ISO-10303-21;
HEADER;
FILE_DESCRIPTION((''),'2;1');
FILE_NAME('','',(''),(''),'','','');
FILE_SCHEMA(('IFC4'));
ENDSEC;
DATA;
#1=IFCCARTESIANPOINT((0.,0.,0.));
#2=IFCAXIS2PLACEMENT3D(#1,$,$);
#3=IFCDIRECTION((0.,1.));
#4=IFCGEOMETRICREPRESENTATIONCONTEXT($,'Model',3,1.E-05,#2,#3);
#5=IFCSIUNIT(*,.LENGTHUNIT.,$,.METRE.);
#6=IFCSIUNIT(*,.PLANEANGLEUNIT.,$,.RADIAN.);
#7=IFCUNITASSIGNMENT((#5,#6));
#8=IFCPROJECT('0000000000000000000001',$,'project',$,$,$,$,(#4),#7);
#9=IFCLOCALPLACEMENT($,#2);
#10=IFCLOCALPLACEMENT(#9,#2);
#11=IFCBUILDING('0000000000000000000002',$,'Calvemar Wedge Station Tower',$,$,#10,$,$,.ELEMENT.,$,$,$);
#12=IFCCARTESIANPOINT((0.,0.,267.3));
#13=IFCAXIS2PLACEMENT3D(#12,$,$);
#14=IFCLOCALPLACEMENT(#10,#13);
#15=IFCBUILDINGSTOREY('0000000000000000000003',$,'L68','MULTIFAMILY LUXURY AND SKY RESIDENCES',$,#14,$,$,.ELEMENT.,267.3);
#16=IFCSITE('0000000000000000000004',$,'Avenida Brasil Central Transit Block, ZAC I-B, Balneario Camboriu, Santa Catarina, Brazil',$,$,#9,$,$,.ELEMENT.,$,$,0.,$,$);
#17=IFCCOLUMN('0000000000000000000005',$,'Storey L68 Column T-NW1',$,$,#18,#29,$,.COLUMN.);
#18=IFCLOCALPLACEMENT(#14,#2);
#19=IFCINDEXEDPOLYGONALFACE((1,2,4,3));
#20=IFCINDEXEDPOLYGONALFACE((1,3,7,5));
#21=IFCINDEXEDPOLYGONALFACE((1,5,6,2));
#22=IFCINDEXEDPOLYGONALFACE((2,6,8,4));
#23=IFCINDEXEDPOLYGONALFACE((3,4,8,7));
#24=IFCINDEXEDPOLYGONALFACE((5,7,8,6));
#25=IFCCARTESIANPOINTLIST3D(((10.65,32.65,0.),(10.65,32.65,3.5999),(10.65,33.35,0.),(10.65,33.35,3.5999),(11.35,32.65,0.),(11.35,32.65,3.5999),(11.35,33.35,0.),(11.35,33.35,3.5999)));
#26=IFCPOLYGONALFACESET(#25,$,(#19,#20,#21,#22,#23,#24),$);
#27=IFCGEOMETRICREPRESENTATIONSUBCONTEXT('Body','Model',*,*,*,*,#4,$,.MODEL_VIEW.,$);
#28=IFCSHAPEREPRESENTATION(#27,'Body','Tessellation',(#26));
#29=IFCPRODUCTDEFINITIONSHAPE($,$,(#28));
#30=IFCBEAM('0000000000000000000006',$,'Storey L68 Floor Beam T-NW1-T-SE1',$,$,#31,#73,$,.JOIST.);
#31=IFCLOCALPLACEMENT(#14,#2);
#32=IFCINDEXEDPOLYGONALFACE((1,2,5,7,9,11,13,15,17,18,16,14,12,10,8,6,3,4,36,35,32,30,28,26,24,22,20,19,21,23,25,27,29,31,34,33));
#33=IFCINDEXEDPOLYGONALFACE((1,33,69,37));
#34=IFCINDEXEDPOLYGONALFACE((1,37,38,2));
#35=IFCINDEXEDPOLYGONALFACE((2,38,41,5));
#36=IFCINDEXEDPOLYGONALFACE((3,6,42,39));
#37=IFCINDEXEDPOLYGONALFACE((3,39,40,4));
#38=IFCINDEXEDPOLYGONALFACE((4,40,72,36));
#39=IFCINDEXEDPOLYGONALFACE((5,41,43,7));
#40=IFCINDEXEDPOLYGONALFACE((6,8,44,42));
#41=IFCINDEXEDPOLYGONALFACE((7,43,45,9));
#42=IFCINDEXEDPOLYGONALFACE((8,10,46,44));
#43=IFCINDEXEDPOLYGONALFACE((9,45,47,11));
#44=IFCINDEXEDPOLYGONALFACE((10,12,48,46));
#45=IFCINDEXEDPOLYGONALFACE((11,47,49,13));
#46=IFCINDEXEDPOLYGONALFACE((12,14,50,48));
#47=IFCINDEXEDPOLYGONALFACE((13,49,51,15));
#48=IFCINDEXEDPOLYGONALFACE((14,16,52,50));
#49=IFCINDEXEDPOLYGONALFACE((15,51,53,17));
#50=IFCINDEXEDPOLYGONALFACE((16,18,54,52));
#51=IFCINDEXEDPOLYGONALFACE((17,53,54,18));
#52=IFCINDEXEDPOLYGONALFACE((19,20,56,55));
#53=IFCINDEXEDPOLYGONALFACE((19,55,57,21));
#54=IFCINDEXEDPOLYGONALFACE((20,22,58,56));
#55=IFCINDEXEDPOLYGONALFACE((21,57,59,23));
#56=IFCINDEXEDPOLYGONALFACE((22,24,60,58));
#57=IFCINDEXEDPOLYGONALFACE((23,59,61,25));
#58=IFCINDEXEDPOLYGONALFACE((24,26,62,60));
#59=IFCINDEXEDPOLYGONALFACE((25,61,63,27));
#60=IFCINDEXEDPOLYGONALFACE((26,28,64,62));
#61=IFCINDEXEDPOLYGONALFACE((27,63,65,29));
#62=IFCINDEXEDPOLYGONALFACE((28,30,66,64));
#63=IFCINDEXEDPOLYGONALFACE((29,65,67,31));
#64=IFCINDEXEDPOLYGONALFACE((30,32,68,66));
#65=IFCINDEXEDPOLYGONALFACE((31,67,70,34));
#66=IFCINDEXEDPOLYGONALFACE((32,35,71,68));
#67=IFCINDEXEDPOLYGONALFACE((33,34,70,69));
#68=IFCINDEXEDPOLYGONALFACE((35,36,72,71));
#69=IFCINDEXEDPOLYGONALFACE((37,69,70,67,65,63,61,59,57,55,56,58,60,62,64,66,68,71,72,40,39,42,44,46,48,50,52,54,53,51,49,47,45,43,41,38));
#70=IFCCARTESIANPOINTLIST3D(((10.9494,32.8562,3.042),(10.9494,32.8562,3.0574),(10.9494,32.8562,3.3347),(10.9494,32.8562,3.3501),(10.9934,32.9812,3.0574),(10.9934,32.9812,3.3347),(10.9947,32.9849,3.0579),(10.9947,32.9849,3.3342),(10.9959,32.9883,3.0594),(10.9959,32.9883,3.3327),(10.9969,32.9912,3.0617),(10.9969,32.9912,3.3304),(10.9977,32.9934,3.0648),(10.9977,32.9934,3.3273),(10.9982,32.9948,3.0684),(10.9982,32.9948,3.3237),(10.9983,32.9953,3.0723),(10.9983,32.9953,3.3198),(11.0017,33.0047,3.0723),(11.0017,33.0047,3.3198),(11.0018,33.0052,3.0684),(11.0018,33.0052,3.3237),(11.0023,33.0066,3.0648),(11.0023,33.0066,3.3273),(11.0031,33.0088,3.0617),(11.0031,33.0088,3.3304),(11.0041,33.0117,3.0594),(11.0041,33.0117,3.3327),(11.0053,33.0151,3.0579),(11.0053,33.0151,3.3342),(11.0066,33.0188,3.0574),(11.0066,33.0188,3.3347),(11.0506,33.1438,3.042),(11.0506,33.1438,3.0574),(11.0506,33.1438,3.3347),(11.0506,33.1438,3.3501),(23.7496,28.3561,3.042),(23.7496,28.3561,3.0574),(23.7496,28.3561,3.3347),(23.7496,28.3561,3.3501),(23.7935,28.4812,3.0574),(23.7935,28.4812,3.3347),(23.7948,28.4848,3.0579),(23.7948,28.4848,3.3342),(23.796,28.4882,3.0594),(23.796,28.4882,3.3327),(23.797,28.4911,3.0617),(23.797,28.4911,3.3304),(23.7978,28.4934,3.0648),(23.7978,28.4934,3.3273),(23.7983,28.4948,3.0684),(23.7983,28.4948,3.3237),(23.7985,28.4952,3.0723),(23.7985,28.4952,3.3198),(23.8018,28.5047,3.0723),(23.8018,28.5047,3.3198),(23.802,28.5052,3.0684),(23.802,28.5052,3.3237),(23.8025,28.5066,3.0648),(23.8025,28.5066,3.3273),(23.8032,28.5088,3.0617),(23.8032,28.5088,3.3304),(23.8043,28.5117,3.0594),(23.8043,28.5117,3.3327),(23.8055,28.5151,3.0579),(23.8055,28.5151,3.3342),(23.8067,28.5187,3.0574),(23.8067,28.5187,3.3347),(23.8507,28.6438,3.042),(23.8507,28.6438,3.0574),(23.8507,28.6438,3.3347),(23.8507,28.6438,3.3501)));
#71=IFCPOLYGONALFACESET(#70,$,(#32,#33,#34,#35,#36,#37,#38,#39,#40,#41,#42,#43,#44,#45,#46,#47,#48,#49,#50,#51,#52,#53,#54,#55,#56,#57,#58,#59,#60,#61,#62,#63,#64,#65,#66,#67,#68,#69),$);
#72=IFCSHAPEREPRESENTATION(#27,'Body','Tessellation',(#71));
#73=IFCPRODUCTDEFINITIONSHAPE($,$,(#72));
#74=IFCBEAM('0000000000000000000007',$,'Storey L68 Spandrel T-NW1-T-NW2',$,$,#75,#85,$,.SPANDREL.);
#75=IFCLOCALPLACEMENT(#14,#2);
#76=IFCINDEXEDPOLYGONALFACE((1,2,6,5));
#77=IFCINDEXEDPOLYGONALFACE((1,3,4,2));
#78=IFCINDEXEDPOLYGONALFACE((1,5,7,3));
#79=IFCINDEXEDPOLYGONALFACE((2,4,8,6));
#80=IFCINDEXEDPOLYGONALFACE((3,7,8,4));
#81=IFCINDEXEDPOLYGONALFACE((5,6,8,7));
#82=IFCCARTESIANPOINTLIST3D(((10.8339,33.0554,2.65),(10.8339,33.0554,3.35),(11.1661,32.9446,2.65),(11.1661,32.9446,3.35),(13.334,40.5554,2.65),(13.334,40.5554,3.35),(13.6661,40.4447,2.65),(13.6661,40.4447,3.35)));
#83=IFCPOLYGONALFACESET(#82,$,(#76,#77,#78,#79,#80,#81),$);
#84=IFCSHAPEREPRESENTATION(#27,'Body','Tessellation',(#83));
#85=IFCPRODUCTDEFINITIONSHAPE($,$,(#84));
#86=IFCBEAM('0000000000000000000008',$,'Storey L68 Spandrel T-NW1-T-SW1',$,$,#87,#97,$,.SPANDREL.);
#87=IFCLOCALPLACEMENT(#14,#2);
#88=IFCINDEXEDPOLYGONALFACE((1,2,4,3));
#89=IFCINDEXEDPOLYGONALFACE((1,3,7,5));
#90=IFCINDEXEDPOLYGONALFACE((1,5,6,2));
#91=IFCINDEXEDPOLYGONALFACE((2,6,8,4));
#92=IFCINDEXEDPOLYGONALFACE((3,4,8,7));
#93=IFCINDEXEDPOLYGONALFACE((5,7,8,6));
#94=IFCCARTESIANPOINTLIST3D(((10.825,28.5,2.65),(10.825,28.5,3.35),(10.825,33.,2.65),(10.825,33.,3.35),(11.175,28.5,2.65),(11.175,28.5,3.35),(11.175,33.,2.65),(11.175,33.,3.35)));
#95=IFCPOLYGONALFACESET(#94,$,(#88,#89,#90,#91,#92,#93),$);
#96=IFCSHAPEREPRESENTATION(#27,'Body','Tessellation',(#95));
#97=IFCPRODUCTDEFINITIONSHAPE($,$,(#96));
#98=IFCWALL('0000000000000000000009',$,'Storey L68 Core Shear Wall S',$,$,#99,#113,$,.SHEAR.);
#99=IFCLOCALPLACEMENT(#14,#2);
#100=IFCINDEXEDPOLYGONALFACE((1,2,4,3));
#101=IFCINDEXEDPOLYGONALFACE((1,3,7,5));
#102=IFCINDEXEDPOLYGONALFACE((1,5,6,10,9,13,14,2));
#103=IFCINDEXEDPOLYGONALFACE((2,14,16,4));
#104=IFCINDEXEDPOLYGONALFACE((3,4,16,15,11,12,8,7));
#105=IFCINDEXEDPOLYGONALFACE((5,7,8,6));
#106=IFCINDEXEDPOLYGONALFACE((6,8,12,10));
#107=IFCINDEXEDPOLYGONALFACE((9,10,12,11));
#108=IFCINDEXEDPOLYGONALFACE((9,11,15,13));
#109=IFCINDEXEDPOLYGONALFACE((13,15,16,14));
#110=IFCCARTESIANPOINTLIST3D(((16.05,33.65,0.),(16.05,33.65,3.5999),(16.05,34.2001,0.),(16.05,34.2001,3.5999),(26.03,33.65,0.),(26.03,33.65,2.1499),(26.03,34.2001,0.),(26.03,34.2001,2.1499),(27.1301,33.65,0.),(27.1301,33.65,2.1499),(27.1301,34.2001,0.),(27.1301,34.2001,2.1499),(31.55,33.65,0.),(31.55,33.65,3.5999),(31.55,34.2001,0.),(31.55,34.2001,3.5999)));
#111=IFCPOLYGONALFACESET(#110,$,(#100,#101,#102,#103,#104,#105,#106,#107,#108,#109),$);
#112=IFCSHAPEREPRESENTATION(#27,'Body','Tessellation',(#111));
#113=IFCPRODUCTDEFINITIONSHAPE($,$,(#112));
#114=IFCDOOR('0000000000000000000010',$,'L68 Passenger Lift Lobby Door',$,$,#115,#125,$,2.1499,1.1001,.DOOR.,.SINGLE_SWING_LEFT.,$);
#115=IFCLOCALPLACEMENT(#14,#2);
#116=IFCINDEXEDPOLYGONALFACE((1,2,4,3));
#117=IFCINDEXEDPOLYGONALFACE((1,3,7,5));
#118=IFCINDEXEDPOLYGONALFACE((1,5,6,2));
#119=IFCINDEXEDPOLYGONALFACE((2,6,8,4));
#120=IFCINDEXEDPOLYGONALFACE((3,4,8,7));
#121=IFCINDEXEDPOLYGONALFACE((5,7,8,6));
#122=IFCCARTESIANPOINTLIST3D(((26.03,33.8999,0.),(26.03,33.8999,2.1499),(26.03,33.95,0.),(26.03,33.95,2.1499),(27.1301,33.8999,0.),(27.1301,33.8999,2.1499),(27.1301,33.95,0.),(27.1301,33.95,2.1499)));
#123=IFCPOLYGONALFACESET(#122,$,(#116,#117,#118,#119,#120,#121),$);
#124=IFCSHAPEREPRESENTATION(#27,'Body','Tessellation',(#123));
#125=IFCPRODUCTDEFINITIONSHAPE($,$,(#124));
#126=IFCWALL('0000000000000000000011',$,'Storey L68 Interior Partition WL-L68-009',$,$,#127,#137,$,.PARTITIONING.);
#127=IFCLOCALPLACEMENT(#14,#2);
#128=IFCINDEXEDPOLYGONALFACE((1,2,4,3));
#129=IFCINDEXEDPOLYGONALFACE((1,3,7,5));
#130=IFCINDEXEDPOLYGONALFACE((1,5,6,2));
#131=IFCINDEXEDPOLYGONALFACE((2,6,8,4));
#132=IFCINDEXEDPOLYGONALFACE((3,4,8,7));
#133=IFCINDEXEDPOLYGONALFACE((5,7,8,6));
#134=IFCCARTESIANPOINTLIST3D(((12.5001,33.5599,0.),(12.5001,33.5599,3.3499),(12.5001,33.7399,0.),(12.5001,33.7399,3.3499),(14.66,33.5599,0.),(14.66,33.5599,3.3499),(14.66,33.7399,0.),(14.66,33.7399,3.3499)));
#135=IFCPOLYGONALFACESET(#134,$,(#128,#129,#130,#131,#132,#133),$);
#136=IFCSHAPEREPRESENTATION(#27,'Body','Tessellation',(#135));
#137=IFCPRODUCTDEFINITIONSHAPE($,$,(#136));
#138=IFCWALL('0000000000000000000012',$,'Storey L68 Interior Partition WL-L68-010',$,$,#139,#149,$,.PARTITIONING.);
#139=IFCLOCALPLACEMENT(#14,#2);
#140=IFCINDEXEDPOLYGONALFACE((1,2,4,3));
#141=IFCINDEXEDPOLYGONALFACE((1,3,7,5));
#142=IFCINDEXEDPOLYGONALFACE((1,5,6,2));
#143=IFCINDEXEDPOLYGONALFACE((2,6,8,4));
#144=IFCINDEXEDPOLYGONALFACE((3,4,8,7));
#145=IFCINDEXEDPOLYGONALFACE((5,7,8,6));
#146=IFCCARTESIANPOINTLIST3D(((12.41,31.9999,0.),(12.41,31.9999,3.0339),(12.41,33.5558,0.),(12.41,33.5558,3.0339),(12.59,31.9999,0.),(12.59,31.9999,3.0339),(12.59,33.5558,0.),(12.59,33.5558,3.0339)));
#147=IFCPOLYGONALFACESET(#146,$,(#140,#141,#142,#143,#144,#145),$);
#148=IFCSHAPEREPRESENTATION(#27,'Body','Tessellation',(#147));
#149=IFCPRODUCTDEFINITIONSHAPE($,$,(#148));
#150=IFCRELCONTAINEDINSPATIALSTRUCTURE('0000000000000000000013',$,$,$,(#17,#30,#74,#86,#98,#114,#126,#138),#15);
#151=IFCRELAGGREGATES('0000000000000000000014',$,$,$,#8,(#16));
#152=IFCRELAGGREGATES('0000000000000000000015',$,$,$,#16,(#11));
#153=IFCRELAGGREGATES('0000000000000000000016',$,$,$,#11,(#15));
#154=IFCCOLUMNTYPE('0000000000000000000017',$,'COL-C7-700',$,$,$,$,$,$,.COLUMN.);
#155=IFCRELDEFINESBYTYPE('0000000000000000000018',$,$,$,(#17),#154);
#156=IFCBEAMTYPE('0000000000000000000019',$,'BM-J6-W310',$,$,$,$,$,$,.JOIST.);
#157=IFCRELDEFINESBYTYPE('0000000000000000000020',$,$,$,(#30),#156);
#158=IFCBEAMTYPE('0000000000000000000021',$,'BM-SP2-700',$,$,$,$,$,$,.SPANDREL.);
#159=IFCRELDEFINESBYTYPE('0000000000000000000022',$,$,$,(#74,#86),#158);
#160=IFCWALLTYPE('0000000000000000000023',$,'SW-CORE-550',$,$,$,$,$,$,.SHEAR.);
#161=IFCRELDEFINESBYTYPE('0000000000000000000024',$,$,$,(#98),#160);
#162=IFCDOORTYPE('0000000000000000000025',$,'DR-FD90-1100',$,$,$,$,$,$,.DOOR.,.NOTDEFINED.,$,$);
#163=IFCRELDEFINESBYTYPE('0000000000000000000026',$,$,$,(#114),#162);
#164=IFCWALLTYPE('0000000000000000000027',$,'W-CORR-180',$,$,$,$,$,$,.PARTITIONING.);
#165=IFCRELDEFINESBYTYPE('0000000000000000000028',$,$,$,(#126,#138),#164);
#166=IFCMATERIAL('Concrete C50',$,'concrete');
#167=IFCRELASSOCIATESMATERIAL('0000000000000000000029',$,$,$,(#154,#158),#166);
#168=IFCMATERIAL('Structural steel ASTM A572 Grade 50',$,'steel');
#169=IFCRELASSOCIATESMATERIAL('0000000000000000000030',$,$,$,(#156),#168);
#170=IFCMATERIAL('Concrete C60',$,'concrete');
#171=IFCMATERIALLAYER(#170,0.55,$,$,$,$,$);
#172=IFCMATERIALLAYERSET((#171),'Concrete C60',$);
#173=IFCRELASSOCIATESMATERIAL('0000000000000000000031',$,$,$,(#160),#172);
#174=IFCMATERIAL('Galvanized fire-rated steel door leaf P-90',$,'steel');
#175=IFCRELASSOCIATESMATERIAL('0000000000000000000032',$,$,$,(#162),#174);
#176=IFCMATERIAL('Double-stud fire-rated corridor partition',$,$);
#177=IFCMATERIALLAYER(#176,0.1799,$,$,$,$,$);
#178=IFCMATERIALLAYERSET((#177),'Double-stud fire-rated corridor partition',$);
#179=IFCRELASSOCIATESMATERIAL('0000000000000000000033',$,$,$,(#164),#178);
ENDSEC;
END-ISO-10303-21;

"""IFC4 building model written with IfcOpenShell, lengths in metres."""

from ifc_helpers import new_model, si_unit, direction, frame, frame_2d, origin, origin_2d, place, context, subcontext, project, spatial, rectangle, i_section, extrude, source, transform, mapped, material, layer, layer_set, material_profile, profile_set, type_object, element, fill, save


model = new_model("IFC4")

# Units and contexts
model_context = context("Model", 3, precision=1e-05, world=origin(), true_north=direction((0.0, 1.0)))
body_context = subcontext(model_context, "Body", "Model", "MODEL_VIEW")
ifc_project = project(units=[si_unit("LENGTHUNIT", "METRE"), si_unit("PLANEANGLEUNIT", "RADIAN")], contexts=[model_context])

# Site, building, storey
site_placement = place(None, origin())
site = spatial("IfcSite", under=ifc_project, at=site_placement, Name="Avenida Brasil Central Transit Block, ZAC I-B, Balneario Camboriu, Santa Catarina, Brazil", CompositionType="ELEMENT", RefElevation=0.0)
building_placement = place(site_placement, origin())
building = spatial("IfcBuilding", under=site, at=building_placement, Name="Calvemar Wedge Station Tower", CompositionType="ELEMENT")
storey_placement = place(building_placement, frame((0.0, 0.0, 267.3)))
storey = spatial("IfcBuildingStorey", under=building, at=storey_placement, Name="L68", Description="MULTIFAMILY LUXURY AND SKY RESIDENCES", CompositionType="ELEMENT", Elevation=267.3)

# Column
ifc_material_1 = material(Name="Concrete C50", Category="concrete")
ifc_material_profile_1 = material_profile(ifc_material_1, rectangle(XDim=0.7, YDim=0.7, at=origin_2d()), Name="RC700x700")
ifc_profile_set_1 = profile_set([ifc_material_profile_1], Name="Concrete C50")
column_type = type_object("IfcColumnType", Name="COL-C7-700", PredefinedType="COLUMN", material=ifc_profile_set_1)
shared_shape_1 = source(origin(), body_context, "Body", "SweptSolid", [
    extrude(rectangle(XDim=0.7, YDim=0.7, at=origin_2d()), origin(), (0.0, 0.0, 1.0), 3.5999),
])
column_placement = place(storey_placement, frame((11.0, 33.0, 0.0), z_axis=(0.0, 0.0, 1.0), x_axis=(1.0, 0.0, 0.0)))
element("IfcColumn", 1, at=column_placement, inside=storey, type_object=column_type, Name="Storey L68 Column T-NW1", PredefinedType="COLUMN", context=body_context, shape_type="MappedRepresentation", body=[
    mapped(shared_shape_1, transform((0.0, 0.0, 0.0), scale=1.0)),
])

# Beams
ifc_material_2 = material(Name="Structural steel ASTM A572 Grade 50", Category="steel")
ifc_material_profile_2 = material_profile(ifc_material_2, i_section(OverallWidth=0.3049, OverallDepth=0.3081, WebThickness=0.01, FlangeThickness=0.0154, FilletRadius=0.0149, at=origin_2d()), Name="W310x97")
ifc_profile_set_2 = profile_set([ifc_material_profile_2], Name="Structural steel ASTM A572 Grade 50")
beam_type_1 = type_object("IfcBeamType", Name="BM-J6-W310", PredefinedType="JOIST", material=ifc_profile_set_2)
shared_shape_2 = source(origin(), body_context, "Body", "SweptSolid", [
    extrude(i_section(OverallWidth=0.3049, OverallDepth=0.3081, WebThickness=0.01, FlangeThickness=0.0154, FilletRadius=0.0149, at=origin_2d()), origin(), (0.0, 0.0, 1.0), 13.5681),
])
beam_1_placement = place(storey_placement, frame((11.0, 33.0, 3.196), z_axis=(0.943398, -0.331662, 0.0), x_axis=(0.331662, 0.943398, 0.0)))
element("IfcBeam", 2, at=beam_1_placement, inside=storey, type_object=beam_type_1, Name="Storey L68 Floor Beam T-NW1-T-SE1", PredefinedType="JOIST", context=body_context, shape_type="MappedRepresentation", body=[
    mapped(shared_shape_2, transform((0.0, 0.0, 0.0), scale=1.0)),
])
ifc_material_profile_3 = material_profile(ifc_material_1, rectangle(XDim=0.3501, YDim=0.7, at=origin_2d()), Name="RC350x700")
ifc_profile_set_3 = profile_set([ifc_material_profile_3], Name="Concrete C50")
beam_type_2 = type_object("IfcBeamType", Name="BM-SP2-700", PredefinedType="SPANDREL", material=ifc_profile_set_3)
shared_shape_3 = source(origin(), body_context, "Body", "SweptSolid", [
    extrude(rectangle(XDim=0.3501, YDim=0.7, at=origin_2d()), origin(), (0.0, 0.0, 1.0), 7.9058),
])
beam_2_placement = place(storey_placement, frame((11.0, 33.0, 3.0), z_axis=(0.316228, 0.948683, 0.0), x_axis=(-0.948683, 0.316228, 0.0)))
element("IfcBeam", 3, at=beam_2_placement, inside=storey, type_object=beam_type_2, Name="Storey L68 Spandrel T-NW1-T-NW2", PredefinedType="SPANDREL", context=body_context, shape_type="MappedRepresentation", body=[
    mapped(shared_shape_3, transform((0.0, 0.0, 0.0), scale=1.0)),
])
shared_shape_4 = source(origin(), body_context, "Body", "SweptSolid", [
    extrude(rectangle(XDim=0.3501, YDim=0.7, at=origin_2d()), origin(), (0.0, 0.0, 1.0), 4.5),
])
beam_3_placement = place(storey_placement, frame((11.0, 33.0, 3.0), z_axis=(0.0, -1.0, 0.0), x_axis=(1.0, 0.0, 0.0)))
element("IfcBeam", 4, at=beam_3_placement, inside=storey, type_object=beam_type_2, Name="Storey L68 Spandrel T-NW1-T-SW1", PredefinedType="SPANDREL", context=body_context, shape_type="MappedRepresentation", body=[
    mapped(shared_shape_4, transform((0.0, 0.0, 0.0), scale=1.0)),
])

# Wall, opening, door
ifc_material_3 = material(Name="Concrete C60", Category="concrete")
ifc_layer_1 = layer(ifc_material_3, 0.55)
ifc_layer_set_1 = layer_set([ifc_layer_1], Name="Concrete C60")
wall_type_1 = type_object("IfcWallType", Name="SW-CORE-550", PredefinedType="SHEAR", material=ifc_layer_set_1)
wall_1_placement = place(storey_placement, frame((16.05, 33.925, 0.0), z_axis=(0.0, 0.0, 1.0), x_axis=(1.0, 0.0, 0.0)))
wall_1 = element("IfcWall", 5, at=wall_1_placement, inside=storey, type_object=wall_type_1, Name="Storey L68 Core Shear Wall S", PredefinedType="SHEAR", context=body_context, shape_type="SweptSolid", body=[
    extrude(rectangle(XDim=15.5, YDim=0.55, at=frame_2d((7.75, 0.0))), origin(), (0.0, 0.0, 1.0), 3.5999),
])
shared_shape_5 = source(origin(), body_context, "Body", "SweptSolid", [
    extrude(rectangle(XDim=1.1001, YDim=2.1499, at=frame_2d((0.55, 1.075))), frame((0.0, 0.2852, 0.0), z_axis=(0.0, -1.0, 0.0), x_axis=(1.0, 0.0, 0.0)), (0.0, 0.0, 1.0), 0.5701),
])
opening_1_placement = place(wall_1_placement, frame((9.98, 0.0, 0.0)))
opening_1 = element("IfcOpeningElement", 6, at=opening_1_placement, cuts=wall_1, PredefinedType="OPENING", context=body_context, shape_type="MappedRepresentation", body=[
    mapped(shared_shape_5, transform((0.0, 0.0, 0.0), scale=1.0)),
])
ifc_material_4 = material(Name="Galvanized fire-rated steel door leaf P-90", Category="steel")
door_type_1 = type_object("IfcDoorType", Name="DR-FD90-1100", OperationType="NOTDEFINED", PredefinedType="DOOR", material=ifc_material_4)
shared_shape_6 = source(origin(), body_context, "Body", "SweptSolid", [
    extrude(rectangle(XDim=1.1001, YDim=2.1499, at=frame_2d((0.55, 1.075))), frame((0.0, 0.0249, 0.0), z_axis=(0.0, -1.0, 0.0), x_axis=(1.0, 0.0, 0.0)), (0.0, 0.0, 1.0), 0.05),
])
door_1_placement = place(opening_1_placement, origin())
door_1 = element("IfcDoor", 7, at=door_1_placement, inside=storey, type_object=door_type_1, Name="L68 Passenger Lift Lobby Door", OperationType="SINGLE_SWING_LEFT", OverallHeight=2.1499, OverallWidth=1.1001, PredefinedType="DOOR", context=body_context, shape_type="MappedRepresentation", body=[
    mapped(shared_shape_6, transform((0.0, 0.0, 0.0), scale=1.0)),
])
fill(opening_1, door_1)

# Walls
ifc_material_5 = material(Name="Double-stud fire-rated corridor partition")
ifc_layer_2 = layer(ifc_material_5, 0.1799)
ifc_layer_set_2 = layer_set([ifc_layer_2], Name="Double-stud fire-rated corridor partition")
wall_type_2 = type_object("IfcWallType", Name="W-CORR-180", PredefinedType="PARTITIONING", material=ifc_layer_set_2)
wall_2_placement = place(storey_placement, frame((12.5, 33.6499, 0.0), z_axis=(0.0, 0.0, 1.0), x_axis=(1.0, 0.0, 0.0)))
element("IfcWall", 8, at=wall_2_placement, inside=storey, type_object=wall_type_2, Name="Storey L68 Interior Partition WL-L68-009", PredefinedType="PARTITIONING", context=body_context, shape_type="SweptSolid", body=[
    extrude(rectangle(XDim=2.1599, YDim=0.1799, at=frame_2d((1.0801, 0.0))), origin(), (0.0, 0.0, 1.0), 3.3499),
])
wall_3_placement = place(storey_placement, frame((12.5, 32.0, 0.0), z_axis=(0.0, 0.0, 1.0), x_axis=(0.0, 1.0, 0.0)))
element("IfcWall", 9, at=wall_3_placement, inside=storey, type_object=wall_type_2, Name="Storey L68 Interior Partition WL-L68-010", PredefinedType="PARTITIONING", context=body_context, shape_type="SweptSolid", body=[
    extrude(rectangle(XDim=1.5559, YDim=0.1799, at=frame_2d((0.7778, 0.0))), origin(), (0.0, 0.0, 1.0), 3.0339),
])

save(model, "model.ifc")
